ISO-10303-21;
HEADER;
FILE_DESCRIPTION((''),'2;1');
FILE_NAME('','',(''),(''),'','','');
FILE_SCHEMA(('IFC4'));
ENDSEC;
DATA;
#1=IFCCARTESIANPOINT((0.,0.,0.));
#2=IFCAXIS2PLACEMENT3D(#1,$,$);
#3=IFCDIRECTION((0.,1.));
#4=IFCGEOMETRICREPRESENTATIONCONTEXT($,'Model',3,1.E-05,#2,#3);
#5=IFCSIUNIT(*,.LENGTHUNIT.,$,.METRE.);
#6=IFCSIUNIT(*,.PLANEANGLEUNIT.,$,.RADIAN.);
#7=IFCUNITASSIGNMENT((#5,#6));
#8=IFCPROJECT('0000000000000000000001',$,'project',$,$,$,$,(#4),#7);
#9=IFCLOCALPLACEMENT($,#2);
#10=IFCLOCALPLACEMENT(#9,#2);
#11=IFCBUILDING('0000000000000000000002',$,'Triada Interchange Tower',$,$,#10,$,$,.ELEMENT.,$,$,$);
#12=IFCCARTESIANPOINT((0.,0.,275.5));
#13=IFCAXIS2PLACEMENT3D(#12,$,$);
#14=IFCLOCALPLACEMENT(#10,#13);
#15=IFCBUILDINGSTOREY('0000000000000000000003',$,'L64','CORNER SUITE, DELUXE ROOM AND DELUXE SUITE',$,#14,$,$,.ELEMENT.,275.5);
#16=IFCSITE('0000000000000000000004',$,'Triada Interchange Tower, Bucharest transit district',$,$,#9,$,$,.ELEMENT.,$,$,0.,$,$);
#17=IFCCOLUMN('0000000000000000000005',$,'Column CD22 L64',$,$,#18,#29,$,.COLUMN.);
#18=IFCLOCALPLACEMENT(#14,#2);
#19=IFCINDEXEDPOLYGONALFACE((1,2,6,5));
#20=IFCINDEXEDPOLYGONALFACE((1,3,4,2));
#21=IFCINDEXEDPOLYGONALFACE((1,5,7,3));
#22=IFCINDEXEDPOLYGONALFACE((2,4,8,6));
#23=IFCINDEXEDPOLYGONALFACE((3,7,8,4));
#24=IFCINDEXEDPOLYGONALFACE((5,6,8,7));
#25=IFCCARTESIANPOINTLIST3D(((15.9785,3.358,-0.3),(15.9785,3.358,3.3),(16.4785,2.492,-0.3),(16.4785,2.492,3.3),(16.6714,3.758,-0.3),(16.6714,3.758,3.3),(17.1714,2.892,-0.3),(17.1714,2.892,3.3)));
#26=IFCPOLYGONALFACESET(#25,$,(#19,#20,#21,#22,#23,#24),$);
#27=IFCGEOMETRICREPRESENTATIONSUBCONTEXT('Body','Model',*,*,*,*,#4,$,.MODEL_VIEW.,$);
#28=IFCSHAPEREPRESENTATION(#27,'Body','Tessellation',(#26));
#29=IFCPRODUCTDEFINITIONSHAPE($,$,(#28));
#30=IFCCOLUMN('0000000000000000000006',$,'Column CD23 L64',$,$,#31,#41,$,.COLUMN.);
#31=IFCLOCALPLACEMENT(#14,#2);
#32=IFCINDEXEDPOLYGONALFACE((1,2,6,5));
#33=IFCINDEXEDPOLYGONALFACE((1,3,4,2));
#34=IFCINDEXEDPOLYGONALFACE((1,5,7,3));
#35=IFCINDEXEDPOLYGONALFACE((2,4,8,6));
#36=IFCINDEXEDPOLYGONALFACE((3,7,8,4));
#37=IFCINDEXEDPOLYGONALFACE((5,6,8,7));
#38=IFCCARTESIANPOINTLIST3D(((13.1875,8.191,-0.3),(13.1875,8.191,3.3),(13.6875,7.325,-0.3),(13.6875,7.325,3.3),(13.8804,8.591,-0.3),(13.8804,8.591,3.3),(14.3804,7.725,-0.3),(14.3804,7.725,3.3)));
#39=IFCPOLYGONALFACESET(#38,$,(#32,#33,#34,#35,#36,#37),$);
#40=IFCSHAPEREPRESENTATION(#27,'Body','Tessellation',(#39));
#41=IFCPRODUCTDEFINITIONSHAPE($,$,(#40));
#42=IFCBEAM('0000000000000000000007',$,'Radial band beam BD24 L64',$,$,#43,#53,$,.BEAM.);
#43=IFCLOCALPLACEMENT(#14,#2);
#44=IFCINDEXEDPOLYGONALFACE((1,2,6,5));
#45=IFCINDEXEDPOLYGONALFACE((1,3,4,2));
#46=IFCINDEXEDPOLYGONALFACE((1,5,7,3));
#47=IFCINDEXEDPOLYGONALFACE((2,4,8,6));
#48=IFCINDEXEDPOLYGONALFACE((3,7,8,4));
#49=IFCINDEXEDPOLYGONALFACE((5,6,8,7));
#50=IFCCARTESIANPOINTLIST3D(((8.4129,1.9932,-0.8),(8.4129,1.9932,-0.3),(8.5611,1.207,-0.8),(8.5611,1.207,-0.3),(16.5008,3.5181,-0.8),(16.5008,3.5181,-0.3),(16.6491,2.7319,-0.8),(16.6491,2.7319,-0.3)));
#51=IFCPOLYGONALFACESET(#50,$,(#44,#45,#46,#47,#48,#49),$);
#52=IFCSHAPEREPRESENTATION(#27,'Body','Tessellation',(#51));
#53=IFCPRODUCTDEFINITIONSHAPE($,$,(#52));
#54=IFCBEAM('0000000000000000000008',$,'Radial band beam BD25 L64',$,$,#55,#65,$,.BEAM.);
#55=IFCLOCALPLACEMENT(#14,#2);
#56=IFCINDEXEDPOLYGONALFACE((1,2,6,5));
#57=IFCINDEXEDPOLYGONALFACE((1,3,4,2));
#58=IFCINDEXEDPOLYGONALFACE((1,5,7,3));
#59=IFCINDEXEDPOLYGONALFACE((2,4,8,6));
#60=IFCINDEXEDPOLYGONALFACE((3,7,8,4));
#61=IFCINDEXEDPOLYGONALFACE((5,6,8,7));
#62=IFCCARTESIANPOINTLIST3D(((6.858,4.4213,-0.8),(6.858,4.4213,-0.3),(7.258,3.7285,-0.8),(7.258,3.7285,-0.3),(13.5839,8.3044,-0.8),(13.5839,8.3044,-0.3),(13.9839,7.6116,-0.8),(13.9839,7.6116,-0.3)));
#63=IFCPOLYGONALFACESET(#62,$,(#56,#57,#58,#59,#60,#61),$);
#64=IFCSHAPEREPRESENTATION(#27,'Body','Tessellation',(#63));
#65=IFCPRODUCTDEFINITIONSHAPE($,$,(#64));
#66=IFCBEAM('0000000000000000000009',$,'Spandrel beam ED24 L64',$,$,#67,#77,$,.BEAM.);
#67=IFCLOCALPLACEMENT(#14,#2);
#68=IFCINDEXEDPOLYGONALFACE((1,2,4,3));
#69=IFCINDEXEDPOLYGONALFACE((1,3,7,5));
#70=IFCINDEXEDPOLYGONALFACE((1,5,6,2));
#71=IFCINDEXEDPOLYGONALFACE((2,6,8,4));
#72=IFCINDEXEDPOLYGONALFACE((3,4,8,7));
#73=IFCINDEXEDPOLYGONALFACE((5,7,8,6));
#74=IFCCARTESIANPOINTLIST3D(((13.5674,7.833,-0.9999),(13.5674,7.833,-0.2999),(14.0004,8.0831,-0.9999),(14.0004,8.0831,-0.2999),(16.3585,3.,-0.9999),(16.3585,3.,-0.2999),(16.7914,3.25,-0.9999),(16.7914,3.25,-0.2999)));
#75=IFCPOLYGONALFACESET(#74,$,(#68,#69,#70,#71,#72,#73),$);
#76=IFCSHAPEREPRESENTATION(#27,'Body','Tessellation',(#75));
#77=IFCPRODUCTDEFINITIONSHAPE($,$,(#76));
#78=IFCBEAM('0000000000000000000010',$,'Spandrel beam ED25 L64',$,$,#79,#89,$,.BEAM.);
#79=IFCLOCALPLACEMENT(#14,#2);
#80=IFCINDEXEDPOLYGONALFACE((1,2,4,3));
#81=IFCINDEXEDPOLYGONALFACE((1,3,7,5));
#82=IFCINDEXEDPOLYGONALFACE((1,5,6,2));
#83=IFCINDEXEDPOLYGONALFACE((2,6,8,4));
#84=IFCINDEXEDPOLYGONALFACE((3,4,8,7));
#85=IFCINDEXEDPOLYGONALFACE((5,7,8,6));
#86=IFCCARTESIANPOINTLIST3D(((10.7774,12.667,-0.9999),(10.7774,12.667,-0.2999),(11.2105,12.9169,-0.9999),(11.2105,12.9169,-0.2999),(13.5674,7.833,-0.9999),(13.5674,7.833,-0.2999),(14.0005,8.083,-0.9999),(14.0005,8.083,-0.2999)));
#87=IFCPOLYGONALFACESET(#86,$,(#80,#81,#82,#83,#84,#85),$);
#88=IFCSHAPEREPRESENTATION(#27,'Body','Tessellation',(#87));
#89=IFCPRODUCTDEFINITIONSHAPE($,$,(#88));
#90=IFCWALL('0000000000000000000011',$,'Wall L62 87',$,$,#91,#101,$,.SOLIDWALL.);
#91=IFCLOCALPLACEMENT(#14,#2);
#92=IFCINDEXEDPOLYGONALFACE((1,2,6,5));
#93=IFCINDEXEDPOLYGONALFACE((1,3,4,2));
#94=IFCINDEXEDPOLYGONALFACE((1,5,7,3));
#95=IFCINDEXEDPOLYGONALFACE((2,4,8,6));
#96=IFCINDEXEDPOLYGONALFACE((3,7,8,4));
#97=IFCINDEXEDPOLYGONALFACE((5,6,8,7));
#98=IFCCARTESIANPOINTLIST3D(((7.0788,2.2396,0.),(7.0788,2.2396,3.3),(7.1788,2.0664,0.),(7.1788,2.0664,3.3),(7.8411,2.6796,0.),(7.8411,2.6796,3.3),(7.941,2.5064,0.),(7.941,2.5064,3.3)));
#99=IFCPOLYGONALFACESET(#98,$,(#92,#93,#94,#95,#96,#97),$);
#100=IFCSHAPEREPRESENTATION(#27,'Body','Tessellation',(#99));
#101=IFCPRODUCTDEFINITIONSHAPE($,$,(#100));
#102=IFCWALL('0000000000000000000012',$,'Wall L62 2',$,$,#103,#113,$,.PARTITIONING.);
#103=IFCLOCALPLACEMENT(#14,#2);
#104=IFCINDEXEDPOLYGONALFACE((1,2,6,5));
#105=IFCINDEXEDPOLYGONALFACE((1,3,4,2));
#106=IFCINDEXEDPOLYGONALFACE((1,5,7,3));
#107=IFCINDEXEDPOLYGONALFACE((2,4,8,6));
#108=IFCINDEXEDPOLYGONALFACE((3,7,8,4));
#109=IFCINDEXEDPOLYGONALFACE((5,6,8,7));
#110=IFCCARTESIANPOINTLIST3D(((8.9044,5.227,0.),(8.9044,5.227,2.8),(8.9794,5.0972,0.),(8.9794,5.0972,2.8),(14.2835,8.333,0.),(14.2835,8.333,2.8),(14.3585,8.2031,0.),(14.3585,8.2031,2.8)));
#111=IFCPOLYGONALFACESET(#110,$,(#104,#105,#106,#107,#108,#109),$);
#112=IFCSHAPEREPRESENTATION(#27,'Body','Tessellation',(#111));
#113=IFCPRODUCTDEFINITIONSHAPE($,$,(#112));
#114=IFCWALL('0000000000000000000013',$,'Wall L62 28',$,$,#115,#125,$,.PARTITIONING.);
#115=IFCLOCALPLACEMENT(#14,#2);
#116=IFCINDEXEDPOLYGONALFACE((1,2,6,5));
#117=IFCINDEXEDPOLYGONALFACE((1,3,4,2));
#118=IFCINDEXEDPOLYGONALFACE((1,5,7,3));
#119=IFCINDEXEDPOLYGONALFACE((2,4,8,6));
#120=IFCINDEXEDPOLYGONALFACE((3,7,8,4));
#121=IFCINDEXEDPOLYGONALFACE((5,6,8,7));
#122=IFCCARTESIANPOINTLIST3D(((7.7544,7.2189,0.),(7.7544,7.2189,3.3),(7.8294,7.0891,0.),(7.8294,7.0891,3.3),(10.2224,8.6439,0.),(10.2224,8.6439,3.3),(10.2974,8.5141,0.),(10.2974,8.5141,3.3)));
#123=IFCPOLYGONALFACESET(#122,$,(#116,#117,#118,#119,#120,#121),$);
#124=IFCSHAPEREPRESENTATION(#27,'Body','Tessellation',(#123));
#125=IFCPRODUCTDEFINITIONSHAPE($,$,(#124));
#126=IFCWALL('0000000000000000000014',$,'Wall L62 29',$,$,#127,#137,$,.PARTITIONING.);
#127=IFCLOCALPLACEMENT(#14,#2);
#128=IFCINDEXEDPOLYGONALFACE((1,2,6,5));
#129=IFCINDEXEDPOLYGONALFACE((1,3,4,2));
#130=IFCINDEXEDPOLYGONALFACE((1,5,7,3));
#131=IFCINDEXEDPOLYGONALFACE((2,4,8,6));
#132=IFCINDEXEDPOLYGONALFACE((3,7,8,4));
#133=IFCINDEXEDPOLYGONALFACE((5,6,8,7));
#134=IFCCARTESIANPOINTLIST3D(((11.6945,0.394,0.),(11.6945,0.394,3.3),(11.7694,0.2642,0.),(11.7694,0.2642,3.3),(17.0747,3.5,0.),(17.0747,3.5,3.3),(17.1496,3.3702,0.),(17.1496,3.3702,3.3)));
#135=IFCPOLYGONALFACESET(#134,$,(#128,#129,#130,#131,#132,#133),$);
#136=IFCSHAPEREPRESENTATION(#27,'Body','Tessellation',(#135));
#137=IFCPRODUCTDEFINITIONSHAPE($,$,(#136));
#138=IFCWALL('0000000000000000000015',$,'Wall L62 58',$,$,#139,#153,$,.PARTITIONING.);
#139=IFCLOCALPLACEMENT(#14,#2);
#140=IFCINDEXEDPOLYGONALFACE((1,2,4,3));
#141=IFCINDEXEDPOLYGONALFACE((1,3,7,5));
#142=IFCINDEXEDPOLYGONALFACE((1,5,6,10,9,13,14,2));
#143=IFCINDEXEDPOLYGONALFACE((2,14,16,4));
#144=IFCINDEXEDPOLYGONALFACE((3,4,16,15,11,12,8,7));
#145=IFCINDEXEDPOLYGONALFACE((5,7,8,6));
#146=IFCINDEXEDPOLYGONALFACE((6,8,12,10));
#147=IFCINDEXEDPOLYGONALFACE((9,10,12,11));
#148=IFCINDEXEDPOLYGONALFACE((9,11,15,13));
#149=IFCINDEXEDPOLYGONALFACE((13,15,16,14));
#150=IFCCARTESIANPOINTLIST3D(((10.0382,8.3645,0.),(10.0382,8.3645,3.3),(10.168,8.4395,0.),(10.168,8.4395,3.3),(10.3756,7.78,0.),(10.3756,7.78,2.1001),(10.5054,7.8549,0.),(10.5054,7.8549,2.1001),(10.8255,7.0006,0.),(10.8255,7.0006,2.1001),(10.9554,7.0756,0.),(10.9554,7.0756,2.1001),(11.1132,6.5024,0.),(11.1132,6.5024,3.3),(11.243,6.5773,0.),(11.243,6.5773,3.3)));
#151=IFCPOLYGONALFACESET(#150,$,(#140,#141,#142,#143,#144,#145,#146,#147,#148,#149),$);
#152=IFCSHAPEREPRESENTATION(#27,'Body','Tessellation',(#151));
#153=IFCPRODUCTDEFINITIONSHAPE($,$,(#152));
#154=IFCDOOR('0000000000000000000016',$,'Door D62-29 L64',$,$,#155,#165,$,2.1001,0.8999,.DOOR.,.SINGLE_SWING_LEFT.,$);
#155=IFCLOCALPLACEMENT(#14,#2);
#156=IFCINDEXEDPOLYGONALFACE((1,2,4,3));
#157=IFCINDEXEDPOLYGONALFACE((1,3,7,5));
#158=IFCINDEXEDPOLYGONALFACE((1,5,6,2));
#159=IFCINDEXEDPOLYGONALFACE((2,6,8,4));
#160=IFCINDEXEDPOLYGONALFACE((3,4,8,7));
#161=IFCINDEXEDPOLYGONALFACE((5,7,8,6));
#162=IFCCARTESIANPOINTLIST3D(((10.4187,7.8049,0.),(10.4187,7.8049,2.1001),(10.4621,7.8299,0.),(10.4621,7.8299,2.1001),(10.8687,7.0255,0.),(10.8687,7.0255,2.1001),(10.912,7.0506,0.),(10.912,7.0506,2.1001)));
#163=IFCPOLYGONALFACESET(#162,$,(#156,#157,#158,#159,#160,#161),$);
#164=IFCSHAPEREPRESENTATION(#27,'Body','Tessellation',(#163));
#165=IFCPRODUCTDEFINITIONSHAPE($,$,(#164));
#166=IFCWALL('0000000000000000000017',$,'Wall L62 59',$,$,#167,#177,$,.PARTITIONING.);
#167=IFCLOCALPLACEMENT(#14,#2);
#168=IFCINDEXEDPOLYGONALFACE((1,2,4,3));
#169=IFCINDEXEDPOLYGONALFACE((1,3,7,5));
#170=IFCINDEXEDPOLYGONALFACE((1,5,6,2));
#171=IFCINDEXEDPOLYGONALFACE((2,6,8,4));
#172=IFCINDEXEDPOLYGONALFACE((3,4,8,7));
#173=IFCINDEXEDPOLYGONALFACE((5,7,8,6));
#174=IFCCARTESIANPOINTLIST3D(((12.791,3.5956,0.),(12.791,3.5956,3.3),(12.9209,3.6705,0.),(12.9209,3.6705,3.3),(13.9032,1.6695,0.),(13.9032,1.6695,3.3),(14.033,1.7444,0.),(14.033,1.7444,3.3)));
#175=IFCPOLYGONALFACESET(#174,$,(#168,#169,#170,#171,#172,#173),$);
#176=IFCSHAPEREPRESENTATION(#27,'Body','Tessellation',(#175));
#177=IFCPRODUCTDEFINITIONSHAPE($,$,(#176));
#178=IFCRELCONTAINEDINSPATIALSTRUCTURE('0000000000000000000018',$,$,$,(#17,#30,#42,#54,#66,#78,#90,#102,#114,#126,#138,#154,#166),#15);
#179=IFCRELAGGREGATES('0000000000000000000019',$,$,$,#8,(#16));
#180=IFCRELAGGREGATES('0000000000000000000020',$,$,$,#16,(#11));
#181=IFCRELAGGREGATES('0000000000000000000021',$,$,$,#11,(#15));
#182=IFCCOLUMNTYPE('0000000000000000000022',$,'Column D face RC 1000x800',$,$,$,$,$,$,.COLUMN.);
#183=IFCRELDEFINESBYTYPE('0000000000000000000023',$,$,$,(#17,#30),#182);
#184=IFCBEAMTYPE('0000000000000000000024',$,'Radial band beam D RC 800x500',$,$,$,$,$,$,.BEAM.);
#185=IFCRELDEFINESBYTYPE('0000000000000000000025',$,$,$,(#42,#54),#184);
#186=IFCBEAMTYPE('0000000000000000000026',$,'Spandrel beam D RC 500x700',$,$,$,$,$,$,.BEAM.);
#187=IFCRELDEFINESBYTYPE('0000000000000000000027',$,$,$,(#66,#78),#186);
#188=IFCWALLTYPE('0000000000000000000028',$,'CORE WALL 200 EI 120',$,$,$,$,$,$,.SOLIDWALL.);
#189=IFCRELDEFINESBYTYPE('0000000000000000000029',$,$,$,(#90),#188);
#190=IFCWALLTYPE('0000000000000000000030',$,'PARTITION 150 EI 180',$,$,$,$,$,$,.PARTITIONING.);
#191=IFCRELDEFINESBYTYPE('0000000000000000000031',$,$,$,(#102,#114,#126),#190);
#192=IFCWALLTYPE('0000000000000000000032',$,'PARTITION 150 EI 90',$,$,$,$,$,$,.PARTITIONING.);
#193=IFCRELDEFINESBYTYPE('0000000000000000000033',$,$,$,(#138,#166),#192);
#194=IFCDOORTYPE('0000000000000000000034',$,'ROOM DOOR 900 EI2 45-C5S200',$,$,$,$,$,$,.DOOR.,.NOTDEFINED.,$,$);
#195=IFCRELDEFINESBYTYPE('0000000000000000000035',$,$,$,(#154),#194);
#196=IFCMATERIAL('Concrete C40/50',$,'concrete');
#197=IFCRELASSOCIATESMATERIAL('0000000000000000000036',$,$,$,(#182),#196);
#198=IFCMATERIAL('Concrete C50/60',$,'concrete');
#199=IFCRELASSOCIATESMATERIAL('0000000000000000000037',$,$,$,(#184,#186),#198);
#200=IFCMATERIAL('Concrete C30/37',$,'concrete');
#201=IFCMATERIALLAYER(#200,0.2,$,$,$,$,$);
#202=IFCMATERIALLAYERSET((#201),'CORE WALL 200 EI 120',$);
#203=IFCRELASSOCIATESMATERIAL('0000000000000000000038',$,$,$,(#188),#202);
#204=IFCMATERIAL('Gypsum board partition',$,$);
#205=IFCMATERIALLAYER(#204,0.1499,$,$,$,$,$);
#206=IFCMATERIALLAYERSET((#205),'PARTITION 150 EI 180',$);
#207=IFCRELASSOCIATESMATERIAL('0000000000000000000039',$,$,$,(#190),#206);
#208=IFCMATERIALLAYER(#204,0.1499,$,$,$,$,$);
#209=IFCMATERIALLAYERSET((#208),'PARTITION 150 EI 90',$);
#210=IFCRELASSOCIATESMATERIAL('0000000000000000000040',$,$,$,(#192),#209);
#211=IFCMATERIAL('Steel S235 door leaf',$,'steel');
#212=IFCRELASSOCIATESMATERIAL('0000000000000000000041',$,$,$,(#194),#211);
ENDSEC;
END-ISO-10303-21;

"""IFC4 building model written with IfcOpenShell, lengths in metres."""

from ifc_helpers import new_model, si_unit, direction, frame, frame_2d, origin, origin_2d, place, context, subcontext, project, spatial, rectangle, extrude, material, layer, layer_set, material_profile, profile_set, type_object, element, fill, save


model = new_model("IFC4")

# Units and contexts
model_context = context("Model", 3, precision=1e-05, world=origin(), true_north=direction((0.0, 1.0)))
body_context = subcontext(model_context, "Body", "Model", "MODEL_VIEW")
ifc_project = project(units=[si_unit("LENGTHUNIT", "METRE"), si_unit("PLANEANGLEUNIT", "RADIAN")], contexts=[model_context])

# Site, building, storey
site_placement = place(None, origin())
site = spatial("IfcSite", under=ifc_project, at=site_placement, Name="Triada Interchange Tower, Bucharest transit district", CompositionType="ELEMENT", RefElevation=0.0)
building_placement = place(site_placement, origin())
building = spatial("IfcBuilding", under=site, at=building_placement, Name="Triada Interchange Tower", CompositionType="ELEMENT")
storey_placement = place(building_placement, frame((0.0, 0.0, 275.5)))
storey = spatial("IfcBuildingStorey", under=building, at=storey_placement, Name="L64", Description="CORNER SUITE, DELUXE ROOM AND DELUXE SUITE", CompositionType="ELEMENT", Elevation=275.5)

# Columns
ifc_material_1 = material(Name="Concrete C40/50", Category="concrete")
ifc_material_profile_1 = material_profile(ifc_material_1, rectangle(XDim=1.0, YDim=0.8, at=origin_2d()), Name="RC 1000x800")
ifc_profile_set_1 = profile_set([ifc_material_profile_1], Name="Concrete C40/50")
column_type = type_object("IfcColumnType", Name="Column D face RC 1000x800", PredefinedType="COLUMN", material=ifc_profile_set_1)
for number, where, z_axis, x_axis, name in (
    (1, (16.575, 3.125, -0.3), (0.0, 0.0, 1.0), (-0.5, 0.866025, 0.0), "Column CD22 L64"),
    (2, (13.7839, 7.958, -0.3), (0.0, 0.0, 1.0), (-0.5, 0.866025, 0.0), "Column CD23 L64"),
):
    element("IfcColumn", number, at=place(storey_placement, frame(where, z_axis=z_axis, x_axis=x_axis)), inside=storey, type_object=column_type, Name=name, PredefinedType="COLUMN", context=body_context, shape_type="SweptSolid", body=[
        extrude(rectangle(XDim=1.0, YDim=0.8, at=origin_2d()), origin(), (0.0, 0.0, 1.0), 3.6001),
    ])

# Beams
ifc_material_2 = material(Name="Concrete C50/60", Category="concrete")
ifc_material_profile_2 = material_profile(ifc_material_2, rectangle(XDim=0.8, YDim=0.5, at=origin_2d()), Name="RC 800x500")
ifc_profile_set_2 = profile_set([ifc_material_profile_2], Name="Concrete C50/60")
beam_type_1 = type_object("IfcBeamType", Name="Radial band beam D RC 800x500", PredefinedType="BEAM", material=ifc_profile_set_2)
beam_1_placement = place(storey_placement, frame((16.575, 3.125, -0.55), z_axis=(-0.982686, -0.185277, 0.0), x_axis=(0.185277, -0.982686, 0.0)))
element("IfcBeam", 3, at=beam_1_placement, inside=storey, type_object=beam_type_1, Name="Radial band beam BD24 L64", PredefinedType="BEAM", context=body_context, shape_type="SweptSolid", body=[
    extrude(rectangle(XDim=0.8, YDim=0.5, at=origin_2d()), origin(), (0.0, 0.0, 1.0), 8.2305),
])
beam_2_placement = place(storey_placement, frame((13.7839, 7.958, -0.55), z_axis=(-0.866031, -0.49999, 0.0), x_axis=(0.49999, -0.866031, 0.0)))
element("IfcBeam", 4, at=beam_2_placement, inside=storey, type_object=beam_type_1, Name="Radial band beam BD25 L64", PredefinedType="BEAM", context=body_context, shape_type="SweptSolid", body=[
    extrude(rectangle(XDim=0.8, YDim=0.5, at=origin_2d()), origin(), (0.0, 0.0, 1.0), 7.7664),
])
ifc_material_profile_3 = material_profile(ifc_material_2, rectangle(XDim=0.5, YDim=0.7, at=origin_2d()), Name="RC 500x700")
ifc_profile_set_3 = profile_set([ifc_material_profile_3], Name="Concrete C50/60")
beam_type_2 = type_object("IfcBeamType", Name="Spandrel beam D RC 500x700", PredefinedType="BEAM", material=ifc_profile_set_3)
beam_3_placement = place(storey_placement, frame((16.575, 3.125, -0.6499), z_axis=(-0.500091, 0.865973, 0.0), x_axis=(-0.865973, -0.500091, 0.0)))
element("IfcBeam", 5, at=beam_3_placement, inside=storey, type_object=beam_type_2, Name="Spandrel beam ED24 L64", PredefinedType="BEAM", context=body_context, shape_type="SweptSolid", body=[
    extrude(rectangle(XDim=0.5, YDim=0.7, at=origin_2d()), origin(), (0.0, 0.0, 1.0), 5.5811),
])
beam_4_placement = place(storey_placement, frame((13.7839, 7.958, -0.6499), z_axis=(-0.499884, 0.866092, 0.0), x_axis=(-0.866092, -0.499884, 0.0)))
element("IfcBeam", 6, at=beam_4_placement, inside=storey, type_object=beam_type_2, Name="Spandrel beam ED25 L64", PredefinedType="BEAM", context=body_context, shape_type="SweptSolid", body=[
    extrude(rectangle(XDim=0.5, YDim=0.7, at=origin_2d()), origin(), (0.0, 0.0, 1.0), 5.5813),
])

# Walls
ifc_material_3 = material(Name="Concrete C30/37", Category="concrete")
ifc_layer_1 = layer(ifc_material_3, 0.2)
ifc_layer_set_1 = layer_set([ifc_layer_1], Name="CORE WALL 200 EI 120")
wall_type_1 = type_object("IfcWallType", Name="CORE WALL 200 EI 120", PredefinedType="SOLIDWALL", material=ifc_layer_set_1)
wall_1_placement = place(storey_placement, frame((7.1289, 2.1531, 0.0), z_axis=(0.0, 0.0, 1.0), x_axis=(0.866084, 0.499899, 0.0)))
element("IfcWall", 7, at=wall_1_placement, inside=storey, type_object=wall_type_1, Name="Wall L62 87", PredefinedType="SOLIDWALL", context=body_context, shape_type="SweptSolid", body=[
    extrude(rectangle(XDim=0.8801, YDim=0.2, at=frame_2d((0.4399, 0.0))), origin(), (0.0, 0.0, 1.0), 3.3),
])
ifc_material_4 = material(Name="Gypsum board partition")
ifc_layer_2 = layer(ifc_material_4, 0.1499)
ifc_layer_set_2 = layer_set([ifc_layer_2], Name="PARTITION 150 EI 180")
wall_type_2 = type_object("IfcWallType", Name="PARTITION 150 EI 180", PredefinedType="PARTITIONING", material=ifc_layer_set_2)
wall_2_placement = place(storey_placement, frame((8.9419, 5.1621, 0.0), z_axis=(0.0, 0.0, 1.0), x_axis=(0.866004, 0.500037, 0.0)))
element("IfcWall", 8, at=wall_2_placement, inside=storey, type_object=wall_type_2, Name="Wall L62 2", PredefinedType="PARTITIONING", context=body_context, shape_type="SweptSolid", body=[
    extrude(rectangle(XDim=6.2114, YDim=0.1499, at=frame_2d((3.1057, 0.0))), origin(), (0.0, 0.0, 1.0), 2.8),
])
wall_3_placement = place(storey_placement, frame((7.792, 7.1541, 0.0), z_axis=(0.0, 0.0, 1.0), x_axis=(0.866004, 0.500036, 0.0)))
element("IfcWall", 9, at=wall_3_placement, inside=storey, type_object=wall_type_2, Name="Wall L62 28", PredefinedType="PARTITIONING", context=body_context, shape_type="SweptSolid", body=[
    extrude(rectangle(XDim=2.8499, YDim=0.1499, at=frame_2d((1.4248, 0.0))), origin(), (0.0, 0.0, 1.0), 3.3),
])
wall_4_placement = place(storey_placement, frame((11.7319, 0.3291, 0.0), z_axis=(0.0, 0.0, 1.0), x_axis=(0.866044, 0.499969, 0.0)))
element("IfcWall", 10, at=wall_4_placement, inside=storey, type_object=wall_type_2, Name="Wall L62 29", PredefinedType="PARTITIONING", context=body_context, shape_type="SweptSolid", body=[
    extrude(rectangle(XDim=6.2124, YDim=0.1499, at=frame_2d((3.1062, 0.0))), origin(), (0.0, 0.0, 1.0), 3.3),
])

# Wall, opening, door
ifc_layer_3 = layer(ifc_material_4, 0.1499)
ifc_layer_set_3 = layer_set([ifc_layer_3], Name="PARTITION 150 EI 90")
wall_type_3 = type_object("IfcWallType", Name="PARTITION 150 EI 90", PredefinedType="PARTITIONING", material=ifc_layer_set_3)
wall_5_placement = place(storey_placement, frame((10.103, 8.4021, 0.0), z_axis=(0.0, 0.0, 1.0), x_axis=(0.499962, -0.866048, 0.0)))
wall_5 = element("IfcWall", 11, at=wall_5_placement, inside=storey, type_object=wall_type_3, Name="Wall L62 58", PredefinedType="PARTITIONING", context=body_context, shape_type="SweptSolid", body=[
    extrude(rectangle(XDim=2.1501, YDim=0.1499, at=frame_2d((1.0752, 0.0))), origin(), (0.0, 0.0, 1.0), 3.3),
])
opening_1_placement = place(wall_5_placement, frame((0.675, 0.0, 0.0)))
opening_1 = element("IfcOpeningElement", 12, at=opening_1_placement, cuts=wall_5, PredefinedType="OPENING", context=body_context, shape_type="SweptSolid", body=[
    extrude(rectangle(XDim=0.8999, YDim=2.1001, at=frame_2d((0.45, 1.05))), frame((0.0, 0.085, 0.0), z_axis=(0.0, -1.0, 0.0), x_axis=(1.0, 0.0, 0.0)), (0.0, 0.0, 1.0), 0.1699),
])
ifc_material_5 = material(Name="Steel S235 door leaf", Category="steel")
door_type = type_object("IfcDoorType", Name="ROOM DOOR 900 EI2 45-C5S200", OperationType="NOTDEFINED", PredefinedType="DOOR", material=ifc_material_5)
door_1_placement = place(opening_1_placement, origin())
door_1 = element("IfcDoor", 13, at=door_1_placement, inside=storey, type_object=door_type, Name="Door D62-29 L64", OperationType="SINGLE_SWING_LEFT", OverallHeight=2.1001, OverallWidth=0.8999, PredefinedType="DOOR", context=body_context, shape_type="SweptSolid", body=[
    extrude(rectangle(XDim=0.8999, YDim=2.1001, at=frame_2d((0.45, 1.05))), frame((0.0, 0.0249, 0.0), z_axis=(0.0, -1.0, 0.0), x_axis=(1.0, 0.0, 0.0)), (0.0, 0.0, 1.0), 0.05),
])
fill(opening_1, door_1)

# Wall
wall_6_placement = place(storey_placement, frame((12.856, 3.6331, 0.0), z_axis=(0.0, 0.0, 1.0), x_axis=(0.500023, -0.866012, 0.0)))
element("IfcWall", 14, at=wall_6_placement, inside=storey, type_object=wall_type_3, Name="Wall L62 59", PredefinedType="PARTITIONING", context=body_context, shape_type="SweptSolid", body=[
    extrude(rectangle(XDim=2.2241, YDim=0.1499, at=frame_2d((1.1121, 0.0))), origin(), (0.0, 0.0, 1.0), 3.3),
])

save(model, "model.ifc")
